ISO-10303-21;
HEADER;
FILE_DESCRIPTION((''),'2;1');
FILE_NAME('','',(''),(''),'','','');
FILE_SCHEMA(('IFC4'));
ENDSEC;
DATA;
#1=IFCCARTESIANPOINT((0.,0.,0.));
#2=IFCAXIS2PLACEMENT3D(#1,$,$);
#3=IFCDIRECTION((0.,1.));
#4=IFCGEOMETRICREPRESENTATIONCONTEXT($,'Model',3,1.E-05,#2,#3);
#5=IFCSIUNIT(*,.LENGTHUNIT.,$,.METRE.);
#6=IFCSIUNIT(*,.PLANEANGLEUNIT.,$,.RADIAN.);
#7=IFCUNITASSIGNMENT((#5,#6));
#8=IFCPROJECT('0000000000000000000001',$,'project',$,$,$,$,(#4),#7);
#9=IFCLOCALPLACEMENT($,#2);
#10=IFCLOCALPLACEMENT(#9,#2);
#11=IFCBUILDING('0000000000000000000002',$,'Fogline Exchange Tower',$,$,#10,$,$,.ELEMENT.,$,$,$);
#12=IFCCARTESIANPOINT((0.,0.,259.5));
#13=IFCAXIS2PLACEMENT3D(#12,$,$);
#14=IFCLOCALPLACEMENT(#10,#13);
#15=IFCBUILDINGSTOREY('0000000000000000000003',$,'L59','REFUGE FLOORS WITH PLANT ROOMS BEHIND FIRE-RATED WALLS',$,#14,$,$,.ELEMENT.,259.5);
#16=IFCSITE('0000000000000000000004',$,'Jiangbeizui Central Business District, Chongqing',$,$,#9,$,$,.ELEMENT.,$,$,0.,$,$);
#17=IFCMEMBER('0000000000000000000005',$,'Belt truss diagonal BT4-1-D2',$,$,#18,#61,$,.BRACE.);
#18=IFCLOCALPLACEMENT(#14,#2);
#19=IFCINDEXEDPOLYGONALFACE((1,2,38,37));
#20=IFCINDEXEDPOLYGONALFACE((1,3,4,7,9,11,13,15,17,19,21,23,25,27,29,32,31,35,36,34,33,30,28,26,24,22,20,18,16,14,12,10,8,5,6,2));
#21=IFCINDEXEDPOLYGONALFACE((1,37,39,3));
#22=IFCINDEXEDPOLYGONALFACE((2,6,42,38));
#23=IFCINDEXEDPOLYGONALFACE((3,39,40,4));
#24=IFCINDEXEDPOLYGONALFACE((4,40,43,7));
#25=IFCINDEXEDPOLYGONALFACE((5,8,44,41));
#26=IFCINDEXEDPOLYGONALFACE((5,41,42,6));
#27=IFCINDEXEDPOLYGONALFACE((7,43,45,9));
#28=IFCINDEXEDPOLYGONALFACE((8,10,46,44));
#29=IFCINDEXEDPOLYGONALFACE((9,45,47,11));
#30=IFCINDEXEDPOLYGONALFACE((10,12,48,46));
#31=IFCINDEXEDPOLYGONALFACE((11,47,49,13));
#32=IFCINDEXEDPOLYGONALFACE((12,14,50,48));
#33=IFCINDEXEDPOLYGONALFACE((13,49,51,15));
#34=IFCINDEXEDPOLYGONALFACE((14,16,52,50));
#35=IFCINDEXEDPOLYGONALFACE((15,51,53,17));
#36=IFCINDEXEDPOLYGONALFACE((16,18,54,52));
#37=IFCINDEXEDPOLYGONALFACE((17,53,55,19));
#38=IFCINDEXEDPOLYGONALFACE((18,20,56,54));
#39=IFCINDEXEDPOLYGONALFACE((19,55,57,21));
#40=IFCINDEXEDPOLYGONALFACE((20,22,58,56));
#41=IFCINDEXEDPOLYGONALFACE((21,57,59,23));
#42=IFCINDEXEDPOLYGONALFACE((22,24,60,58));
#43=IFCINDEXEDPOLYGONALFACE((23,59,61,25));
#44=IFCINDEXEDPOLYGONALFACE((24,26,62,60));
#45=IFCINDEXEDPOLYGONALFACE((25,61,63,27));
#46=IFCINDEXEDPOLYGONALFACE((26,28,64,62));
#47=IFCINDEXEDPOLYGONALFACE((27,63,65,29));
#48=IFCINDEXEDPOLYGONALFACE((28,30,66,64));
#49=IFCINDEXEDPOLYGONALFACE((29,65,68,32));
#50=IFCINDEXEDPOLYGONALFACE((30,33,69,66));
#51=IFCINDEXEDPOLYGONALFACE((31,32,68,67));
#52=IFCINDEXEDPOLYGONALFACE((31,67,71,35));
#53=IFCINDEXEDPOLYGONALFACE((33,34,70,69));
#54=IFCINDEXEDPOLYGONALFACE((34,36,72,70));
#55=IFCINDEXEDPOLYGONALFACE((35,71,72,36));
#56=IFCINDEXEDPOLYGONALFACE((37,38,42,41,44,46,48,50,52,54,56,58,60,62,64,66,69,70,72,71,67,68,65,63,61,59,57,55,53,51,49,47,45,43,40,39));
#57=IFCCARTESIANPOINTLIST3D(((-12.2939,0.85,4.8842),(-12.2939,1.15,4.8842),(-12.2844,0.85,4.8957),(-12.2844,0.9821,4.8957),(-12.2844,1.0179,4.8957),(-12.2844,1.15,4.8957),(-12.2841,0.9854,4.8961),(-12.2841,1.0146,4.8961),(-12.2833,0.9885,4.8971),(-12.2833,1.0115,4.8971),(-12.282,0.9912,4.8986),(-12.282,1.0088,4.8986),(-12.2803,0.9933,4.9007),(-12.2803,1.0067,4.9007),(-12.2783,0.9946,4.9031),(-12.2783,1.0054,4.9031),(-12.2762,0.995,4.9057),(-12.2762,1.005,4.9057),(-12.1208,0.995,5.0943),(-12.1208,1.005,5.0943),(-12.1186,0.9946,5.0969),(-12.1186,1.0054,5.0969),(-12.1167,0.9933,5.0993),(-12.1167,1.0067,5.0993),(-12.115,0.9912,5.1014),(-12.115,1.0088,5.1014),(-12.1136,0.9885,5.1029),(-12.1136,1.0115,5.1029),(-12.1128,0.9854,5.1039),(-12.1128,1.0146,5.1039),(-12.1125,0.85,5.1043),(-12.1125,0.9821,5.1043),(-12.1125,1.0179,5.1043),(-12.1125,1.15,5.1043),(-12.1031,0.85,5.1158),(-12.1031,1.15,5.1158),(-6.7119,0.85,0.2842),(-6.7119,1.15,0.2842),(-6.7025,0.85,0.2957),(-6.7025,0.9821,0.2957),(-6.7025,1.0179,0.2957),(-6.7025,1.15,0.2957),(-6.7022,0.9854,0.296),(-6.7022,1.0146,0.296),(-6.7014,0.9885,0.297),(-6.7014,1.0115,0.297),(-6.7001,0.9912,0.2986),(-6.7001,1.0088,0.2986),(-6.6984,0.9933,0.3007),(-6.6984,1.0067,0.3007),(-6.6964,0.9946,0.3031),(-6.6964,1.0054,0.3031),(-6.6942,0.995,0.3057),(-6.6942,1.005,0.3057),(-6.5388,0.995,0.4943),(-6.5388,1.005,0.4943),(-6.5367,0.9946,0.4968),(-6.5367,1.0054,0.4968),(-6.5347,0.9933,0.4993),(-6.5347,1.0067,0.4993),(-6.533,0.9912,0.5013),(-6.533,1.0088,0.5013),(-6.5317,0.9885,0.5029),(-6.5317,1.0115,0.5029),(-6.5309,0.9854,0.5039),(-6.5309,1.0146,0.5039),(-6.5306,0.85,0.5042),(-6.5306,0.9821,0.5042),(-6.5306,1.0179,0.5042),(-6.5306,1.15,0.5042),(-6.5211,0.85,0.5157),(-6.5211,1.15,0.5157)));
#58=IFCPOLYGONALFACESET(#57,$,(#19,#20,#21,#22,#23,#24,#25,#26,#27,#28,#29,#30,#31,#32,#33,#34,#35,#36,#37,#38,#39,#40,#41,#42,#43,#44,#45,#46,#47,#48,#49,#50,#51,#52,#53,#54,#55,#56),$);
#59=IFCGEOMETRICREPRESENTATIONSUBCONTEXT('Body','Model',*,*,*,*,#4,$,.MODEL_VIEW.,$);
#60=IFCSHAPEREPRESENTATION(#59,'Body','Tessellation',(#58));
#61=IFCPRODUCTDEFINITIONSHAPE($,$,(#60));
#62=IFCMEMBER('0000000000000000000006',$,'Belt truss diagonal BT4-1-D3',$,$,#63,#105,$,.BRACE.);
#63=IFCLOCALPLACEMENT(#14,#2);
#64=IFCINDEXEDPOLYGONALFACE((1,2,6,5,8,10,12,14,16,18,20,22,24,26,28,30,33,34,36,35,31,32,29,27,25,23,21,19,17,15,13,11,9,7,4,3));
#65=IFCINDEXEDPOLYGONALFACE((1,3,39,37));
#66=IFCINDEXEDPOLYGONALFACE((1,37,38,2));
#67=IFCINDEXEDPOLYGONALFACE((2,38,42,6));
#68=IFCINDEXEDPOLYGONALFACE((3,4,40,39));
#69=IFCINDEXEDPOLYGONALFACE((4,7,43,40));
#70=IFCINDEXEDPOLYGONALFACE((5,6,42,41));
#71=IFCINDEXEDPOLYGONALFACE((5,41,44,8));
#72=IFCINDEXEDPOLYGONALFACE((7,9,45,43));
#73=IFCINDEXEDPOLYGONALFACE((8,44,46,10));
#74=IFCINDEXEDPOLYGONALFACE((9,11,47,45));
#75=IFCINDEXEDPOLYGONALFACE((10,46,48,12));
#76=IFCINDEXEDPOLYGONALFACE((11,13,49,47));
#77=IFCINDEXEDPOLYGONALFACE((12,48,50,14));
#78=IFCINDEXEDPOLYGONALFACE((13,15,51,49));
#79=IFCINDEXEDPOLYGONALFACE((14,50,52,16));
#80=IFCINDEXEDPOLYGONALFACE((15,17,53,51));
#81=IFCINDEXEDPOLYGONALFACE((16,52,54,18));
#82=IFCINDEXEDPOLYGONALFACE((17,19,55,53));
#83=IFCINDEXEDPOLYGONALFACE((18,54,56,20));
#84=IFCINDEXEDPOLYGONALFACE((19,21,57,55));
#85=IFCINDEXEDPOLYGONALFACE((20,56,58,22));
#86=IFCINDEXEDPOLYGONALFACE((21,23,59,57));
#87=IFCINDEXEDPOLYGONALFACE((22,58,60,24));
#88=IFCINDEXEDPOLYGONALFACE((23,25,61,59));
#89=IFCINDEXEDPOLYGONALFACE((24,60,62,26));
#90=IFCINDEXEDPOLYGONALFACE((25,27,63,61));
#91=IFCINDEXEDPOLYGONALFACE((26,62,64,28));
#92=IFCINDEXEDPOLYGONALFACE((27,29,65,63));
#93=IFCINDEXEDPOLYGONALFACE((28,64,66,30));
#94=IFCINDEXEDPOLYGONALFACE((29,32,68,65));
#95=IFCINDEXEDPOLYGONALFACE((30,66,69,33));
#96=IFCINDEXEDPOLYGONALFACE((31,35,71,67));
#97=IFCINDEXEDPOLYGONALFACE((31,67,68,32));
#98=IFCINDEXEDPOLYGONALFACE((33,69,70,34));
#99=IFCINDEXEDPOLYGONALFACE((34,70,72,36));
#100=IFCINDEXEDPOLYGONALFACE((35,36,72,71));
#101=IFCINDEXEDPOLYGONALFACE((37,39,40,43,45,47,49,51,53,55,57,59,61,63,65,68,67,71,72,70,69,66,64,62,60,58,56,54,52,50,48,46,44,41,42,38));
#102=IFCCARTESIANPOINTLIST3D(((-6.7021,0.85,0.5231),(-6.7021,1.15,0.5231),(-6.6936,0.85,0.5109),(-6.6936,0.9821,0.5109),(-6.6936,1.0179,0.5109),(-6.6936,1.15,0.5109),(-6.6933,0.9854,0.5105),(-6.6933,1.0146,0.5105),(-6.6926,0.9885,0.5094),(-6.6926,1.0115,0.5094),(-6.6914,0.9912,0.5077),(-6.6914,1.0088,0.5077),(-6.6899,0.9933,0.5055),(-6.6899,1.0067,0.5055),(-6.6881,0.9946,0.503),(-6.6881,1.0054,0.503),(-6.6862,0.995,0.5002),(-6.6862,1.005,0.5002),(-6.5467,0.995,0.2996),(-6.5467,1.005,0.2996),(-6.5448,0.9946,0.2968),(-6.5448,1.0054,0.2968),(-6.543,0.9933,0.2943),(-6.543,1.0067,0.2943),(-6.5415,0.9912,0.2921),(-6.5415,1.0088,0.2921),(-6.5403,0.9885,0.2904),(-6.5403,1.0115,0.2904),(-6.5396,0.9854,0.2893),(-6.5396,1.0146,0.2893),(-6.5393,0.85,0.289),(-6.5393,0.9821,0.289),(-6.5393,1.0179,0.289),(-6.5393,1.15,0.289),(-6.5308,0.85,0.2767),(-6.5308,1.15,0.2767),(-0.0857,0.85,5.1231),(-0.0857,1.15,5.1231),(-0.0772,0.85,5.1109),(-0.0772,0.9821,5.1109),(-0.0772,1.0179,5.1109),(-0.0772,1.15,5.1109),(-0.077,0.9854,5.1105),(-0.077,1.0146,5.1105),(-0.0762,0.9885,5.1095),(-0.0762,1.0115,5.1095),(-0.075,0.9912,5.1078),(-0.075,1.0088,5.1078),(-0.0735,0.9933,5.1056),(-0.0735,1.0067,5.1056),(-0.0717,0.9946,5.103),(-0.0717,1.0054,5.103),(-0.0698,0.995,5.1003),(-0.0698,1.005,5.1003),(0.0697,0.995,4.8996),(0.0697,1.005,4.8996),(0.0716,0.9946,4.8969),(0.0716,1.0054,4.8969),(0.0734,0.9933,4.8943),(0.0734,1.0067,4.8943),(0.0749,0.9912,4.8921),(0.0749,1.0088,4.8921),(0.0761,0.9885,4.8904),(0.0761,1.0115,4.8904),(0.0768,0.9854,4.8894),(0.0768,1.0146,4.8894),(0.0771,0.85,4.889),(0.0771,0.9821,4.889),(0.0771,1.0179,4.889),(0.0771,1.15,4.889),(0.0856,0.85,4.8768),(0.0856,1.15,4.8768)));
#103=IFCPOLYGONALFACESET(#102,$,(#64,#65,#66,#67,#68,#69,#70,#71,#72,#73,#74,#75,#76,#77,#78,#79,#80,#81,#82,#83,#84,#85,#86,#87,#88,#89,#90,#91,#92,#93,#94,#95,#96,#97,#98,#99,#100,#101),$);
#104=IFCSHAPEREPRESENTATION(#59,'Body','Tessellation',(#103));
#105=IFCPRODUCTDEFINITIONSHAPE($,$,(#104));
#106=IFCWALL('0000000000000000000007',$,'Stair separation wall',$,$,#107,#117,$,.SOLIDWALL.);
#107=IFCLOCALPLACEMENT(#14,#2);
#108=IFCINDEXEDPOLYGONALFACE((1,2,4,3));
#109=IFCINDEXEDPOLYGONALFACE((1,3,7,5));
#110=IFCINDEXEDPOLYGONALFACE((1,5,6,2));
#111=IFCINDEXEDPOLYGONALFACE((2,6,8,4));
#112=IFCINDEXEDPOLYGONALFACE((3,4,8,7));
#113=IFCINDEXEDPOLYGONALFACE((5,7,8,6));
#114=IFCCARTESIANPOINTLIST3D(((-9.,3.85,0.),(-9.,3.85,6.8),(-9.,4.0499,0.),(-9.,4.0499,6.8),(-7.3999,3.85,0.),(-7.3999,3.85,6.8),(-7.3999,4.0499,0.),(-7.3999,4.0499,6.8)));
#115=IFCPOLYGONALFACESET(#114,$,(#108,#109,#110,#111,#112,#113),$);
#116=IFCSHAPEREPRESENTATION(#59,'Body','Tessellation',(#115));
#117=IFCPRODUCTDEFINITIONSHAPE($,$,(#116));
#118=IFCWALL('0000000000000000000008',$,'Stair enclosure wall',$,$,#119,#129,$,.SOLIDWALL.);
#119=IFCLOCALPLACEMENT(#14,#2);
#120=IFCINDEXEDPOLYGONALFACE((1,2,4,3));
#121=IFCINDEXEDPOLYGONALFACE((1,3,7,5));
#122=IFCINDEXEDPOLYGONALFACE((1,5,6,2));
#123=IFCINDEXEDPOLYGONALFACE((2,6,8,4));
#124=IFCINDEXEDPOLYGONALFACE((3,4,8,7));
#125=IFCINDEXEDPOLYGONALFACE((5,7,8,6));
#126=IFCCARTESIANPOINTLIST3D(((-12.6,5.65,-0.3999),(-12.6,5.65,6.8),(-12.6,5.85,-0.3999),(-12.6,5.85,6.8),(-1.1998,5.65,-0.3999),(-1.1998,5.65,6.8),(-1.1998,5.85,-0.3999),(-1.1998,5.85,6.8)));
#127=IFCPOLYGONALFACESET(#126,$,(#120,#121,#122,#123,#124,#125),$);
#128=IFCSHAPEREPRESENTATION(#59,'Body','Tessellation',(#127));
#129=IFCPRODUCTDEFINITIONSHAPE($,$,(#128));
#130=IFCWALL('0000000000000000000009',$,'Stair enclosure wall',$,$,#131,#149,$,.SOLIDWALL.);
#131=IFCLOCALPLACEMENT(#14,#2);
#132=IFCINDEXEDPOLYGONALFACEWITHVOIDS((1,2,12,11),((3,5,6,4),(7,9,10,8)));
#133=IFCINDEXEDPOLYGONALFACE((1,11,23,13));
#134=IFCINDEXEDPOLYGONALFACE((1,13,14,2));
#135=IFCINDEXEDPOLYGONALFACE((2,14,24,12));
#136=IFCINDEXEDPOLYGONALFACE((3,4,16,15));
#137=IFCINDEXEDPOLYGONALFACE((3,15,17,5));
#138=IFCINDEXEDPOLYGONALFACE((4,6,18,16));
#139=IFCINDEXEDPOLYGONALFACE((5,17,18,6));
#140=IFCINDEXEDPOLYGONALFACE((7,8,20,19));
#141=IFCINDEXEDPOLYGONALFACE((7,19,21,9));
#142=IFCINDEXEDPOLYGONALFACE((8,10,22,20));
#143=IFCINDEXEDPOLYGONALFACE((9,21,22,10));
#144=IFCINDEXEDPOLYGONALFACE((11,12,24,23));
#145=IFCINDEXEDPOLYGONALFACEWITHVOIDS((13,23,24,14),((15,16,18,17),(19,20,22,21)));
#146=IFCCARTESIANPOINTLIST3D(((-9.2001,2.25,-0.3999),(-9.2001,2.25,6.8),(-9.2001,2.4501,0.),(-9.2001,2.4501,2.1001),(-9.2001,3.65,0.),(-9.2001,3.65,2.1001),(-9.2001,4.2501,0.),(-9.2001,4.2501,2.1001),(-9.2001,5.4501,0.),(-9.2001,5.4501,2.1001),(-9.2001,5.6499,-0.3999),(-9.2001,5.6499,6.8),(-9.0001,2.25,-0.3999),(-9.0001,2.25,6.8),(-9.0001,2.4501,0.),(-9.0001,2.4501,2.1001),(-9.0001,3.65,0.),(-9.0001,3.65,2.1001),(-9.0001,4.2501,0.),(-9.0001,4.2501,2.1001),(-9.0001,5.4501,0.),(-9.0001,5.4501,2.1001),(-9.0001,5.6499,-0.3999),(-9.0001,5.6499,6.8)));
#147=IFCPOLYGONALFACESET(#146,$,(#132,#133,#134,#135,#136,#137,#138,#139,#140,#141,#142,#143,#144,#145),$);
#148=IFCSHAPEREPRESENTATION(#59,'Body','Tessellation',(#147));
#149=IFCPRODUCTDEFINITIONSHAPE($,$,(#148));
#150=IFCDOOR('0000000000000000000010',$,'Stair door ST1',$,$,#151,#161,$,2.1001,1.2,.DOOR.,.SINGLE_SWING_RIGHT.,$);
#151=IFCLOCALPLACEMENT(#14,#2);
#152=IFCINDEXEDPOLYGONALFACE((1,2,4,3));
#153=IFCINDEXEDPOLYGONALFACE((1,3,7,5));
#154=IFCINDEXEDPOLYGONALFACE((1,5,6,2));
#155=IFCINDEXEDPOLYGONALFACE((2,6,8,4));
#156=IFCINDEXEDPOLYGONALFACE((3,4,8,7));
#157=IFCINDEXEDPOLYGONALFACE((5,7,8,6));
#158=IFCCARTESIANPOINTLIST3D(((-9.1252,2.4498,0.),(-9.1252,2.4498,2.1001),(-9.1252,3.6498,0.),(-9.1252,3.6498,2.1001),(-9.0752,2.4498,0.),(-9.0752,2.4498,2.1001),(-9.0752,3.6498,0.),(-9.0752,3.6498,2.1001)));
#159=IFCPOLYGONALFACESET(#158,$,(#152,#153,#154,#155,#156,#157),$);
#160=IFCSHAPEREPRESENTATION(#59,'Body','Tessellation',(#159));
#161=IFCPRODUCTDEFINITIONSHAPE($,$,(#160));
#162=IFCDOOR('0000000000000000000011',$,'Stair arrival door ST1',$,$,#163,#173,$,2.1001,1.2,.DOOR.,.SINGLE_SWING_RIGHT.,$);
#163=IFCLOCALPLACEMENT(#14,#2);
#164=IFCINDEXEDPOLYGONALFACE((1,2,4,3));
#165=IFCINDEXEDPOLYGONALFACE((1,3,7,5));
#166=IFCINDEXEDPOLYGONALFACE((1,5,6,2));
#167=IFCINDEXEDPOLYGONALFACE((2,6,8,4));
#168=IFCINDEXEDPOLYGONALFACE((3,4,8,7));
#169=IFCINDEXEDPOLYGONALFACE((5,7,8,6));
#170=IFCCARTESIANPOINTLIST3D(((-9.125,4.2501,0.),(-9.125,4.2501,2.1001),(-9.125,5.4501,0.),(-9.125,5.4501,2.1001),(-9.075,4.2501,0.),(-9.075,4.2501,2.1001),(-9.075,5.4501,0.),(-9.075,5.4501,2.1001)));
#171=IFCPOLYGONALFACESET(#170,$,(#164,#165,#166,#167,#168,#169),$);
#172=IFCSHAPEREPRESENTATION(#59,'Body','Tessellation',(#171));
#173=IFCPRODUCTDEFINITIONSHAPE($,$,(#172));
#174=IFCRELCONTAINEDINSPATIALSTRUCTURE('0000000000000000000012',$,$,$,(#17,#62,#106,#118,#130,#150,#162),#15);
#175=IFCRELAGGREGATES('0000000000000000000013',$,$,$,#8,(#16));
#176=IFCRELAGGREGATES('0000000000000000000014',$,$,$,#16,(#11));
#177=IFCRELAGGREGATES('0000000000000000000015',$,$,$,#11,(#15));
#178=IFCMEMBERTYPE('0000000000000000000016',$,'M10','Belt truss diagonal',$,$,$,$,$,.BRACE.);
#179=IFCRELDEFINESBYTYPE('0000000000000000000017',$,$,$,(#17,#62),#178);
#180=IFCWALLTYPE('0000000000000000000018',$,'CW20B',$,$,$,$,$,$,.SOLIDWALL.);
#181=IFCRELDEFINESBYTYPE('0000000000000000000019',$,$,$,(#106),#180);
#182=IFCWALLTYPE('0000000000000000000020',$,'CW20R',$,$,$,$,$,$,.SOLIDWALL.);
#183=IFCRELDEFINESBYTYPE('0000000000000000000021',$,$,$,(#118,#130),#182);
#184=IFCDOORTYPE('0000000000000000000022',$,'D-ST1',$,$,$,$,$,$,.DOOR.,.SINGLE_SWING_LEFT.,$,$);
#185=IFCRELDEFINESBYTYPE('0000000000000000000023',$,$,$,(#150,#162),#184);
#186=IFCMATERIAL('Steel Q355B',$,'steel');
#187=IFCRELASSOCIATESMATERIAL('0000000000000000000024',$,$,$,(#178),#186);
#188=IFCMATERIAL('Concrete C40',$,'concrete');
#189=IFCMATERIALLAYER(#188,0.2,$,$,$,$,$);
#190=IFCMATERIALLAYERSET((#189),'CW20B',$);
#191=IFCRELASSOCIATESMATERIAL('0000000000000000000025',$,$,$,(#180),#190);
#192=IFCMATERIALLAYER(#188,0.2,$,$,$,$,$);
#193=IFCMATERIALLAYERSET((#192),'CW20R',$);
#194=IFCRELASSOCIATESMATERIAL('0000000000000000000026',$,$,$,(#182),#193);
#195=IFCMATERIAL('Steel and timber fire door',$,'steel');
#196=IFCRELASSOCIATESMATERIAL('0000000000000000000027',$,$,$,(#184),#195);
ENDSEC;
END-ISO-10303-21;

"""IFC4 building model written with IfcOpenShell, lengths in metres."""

from ifc_helpers import new_model, si_unit, direction, frame, frame_2d, origin, origin_2d, place, context, subcontext, project, spatial, rectangle, i_section, extrude, material, layer, layer_set, material_profile, profile_set, type_object, element, fill, save


model = new_model("IFC4")

# Units and contexts
model_context = context("Model", 3, precision=1e-05, world=origin(), true_north=direction((0.0, 1.0)))
body_context = subcontext(model_context, "Body", "Model", "MODEL_VIEW")
ifc_project = project(units=[si_unit("LENGTHUNIT", "METRE"), si_unit("PLANEANGLEUNIT", "RADIAN")], contexts=[model_context])

# Site, building, storey
site_placement = place(None, origin())
site = spatial("IfcSite", under=ifc_project, at=site_placement, Name="Jiangbeizui Central Business District, Chongqing", CompositionType="ELEMENT", RefElevation=0.0)
building_placement = place(site_placement, origin())
building = spatial("IfcBuilding", under=site, at=building_placement, Name="Fogline Exchange Tower", CompositionType="ELEMENT")
storey_placement = place(building_placement, frame((0.0, 0.0, 259.5)))
storey = spatial("IfcBuildingStorey", under=building, at=storey_placement, Name="L59", Description="REFUGE FLOORS WITH PLANT ROOMS BEHIND FIRE-RATED WALLS", CompositionType="ELEMENT", Elevation=259.5)

# Members
ifc_material_1 = material(Name="Steel Q355B", Category="steel")
ifc_material_profile = material_profile(ifc_material_1, i_section(OverallWidth=0.3, OverallDepth=0.3, WebThickness=0.01, FlangeThickness=0.0149, FilletRadius=0.0129, at=origin_2d()), Name="HW300X300X10X15")
ifc_profile_set = profile_set([ifc_material_profile], Name="Steel Q355B")
member_type = type_object("IfcMemberType", Name="M10", Description="Belt truss diagonal", PredefinedType="BRACE", material=ifc_profile_set)
member_1_placement = place(storey_placement, frame((-12.1985, 1.0, 5.0), z_axis=(0.771718, 0.0, -0.635965), x_axis=(0.0, 1.0, 0.0)))
element("IfcMember", 1, at=member_1_placement, inside=storey, type_object=member_type, Name="Belt truss diagonal BT4-1-D2", PredefinedType="BRACE", context=body_context, shape_type="SweptSolid", body=[
    extrude(i_section(OverallWidth=0.3, OverallDepth=0.3, WebThickness=0.01, FlangeThickness=0.0149, FilletRadius=0.0129, at=origin_2d()), origin(), (0.0, 0.0, 1.0), 7.2332),
])
member_2_placement = place(storey_placement, frame((-6.6165, 1.0, 0.3999), z_axis=(0.82106, 0.0, 0.570843), x_axis=(0.0, 1.0, 0.0)))
element("IfcMember", 2, at=member_2_placement, inside=storey, type_object=member_type, Name="Belt truss diagonal BT4-1-D3", PredefinedType="BRACE", context=body_context, shape_type="SweptSolid", body=[
    extrude(i_section(OverallWidth=0.3, OverallDepth=0.3, WebThickness=0.01, FlangeThickness=0.0149, FilletRadius=0.0129, at=origin_2d()), origin(), (0.0, 0.0, 1.0), 8.0583),
])

# Walls
ifc_material_2 = material(Name="Concrete C40", Category="concrete")
ifc_layer_1 = layer(ifc_material_2, 0.2)
ifc_layer_set_1 = layer_set([ifc_layer_1], Name="CW20B")
wall_type_1 = type_object("IfcWallType", Name="CW20B", PredefinedType="SOLIDWALL", material=ifc_layer_set_1)
wall_1_placement = place(storey_placement, frame((-9.0, 3.95, 0.0), z_axis=(0.0, 0.0, 1.0), x_axis=(1.0, 0.0, 0.0)))
element("IfcWall", 3, at=wall_1_placement, inside=storey, type_object=wall_type_1, Name="Stair separation wall", PredefinedType="SOLIDWALL", context=body_context, shape_type="SweptSolid", body=[
    extrude(rectangle(XDim=1.6001, YDim=0.2, at=frame_2d((0.8, 0.0))), origin(), (0.0, 0.0, 1.0), 6.8),
])
ifc_layer_2 = layer(ifc_material_2, 0.2)
ifc_layer_set_2 = layer_set([ifc_layer_2], Name="CW20R")
wall_type_2 = type_object("IfcWallType", Name="CW20R", PredefinedType="SOLIDWALL", material=ifc_layer_set_2)
wall_2_placement = place(storey_placement, frame((-12.6001, 5.75, -0.3999), z_axis=(0.0, 0.0, 1.0), x_axis=(1.0, 0.0, 0.0)))
element("IfcWall", 4, at=wall_2_placement, inside=storey, type_object=wall_type_2, Name="Stair enclosure wall", PredefinedType="SOLIDWALL", context=body_context, shape_type="SweptSolid", body=[
    extrude(rectangle(XDim=11.4001, YDim=0.2, at=frame_2d((5.7002, 0.0))), origin(), (0.0, 0.0, 1.0), 7.2),
])

# Wall, openings, doors
wall_3_placement = place(storey_placement, frame((-9.1001, 2.25, -0.3999), z_axis=(0.0, 0.0, 1.0), x_axis=(0.0, 1.0, 0.0)))
wall_3 = element("IfcWall", 5, at=wall_3_placement, inside=storey, type_object=wall_type_2, Name="Stair enclosure wall", PredefinedType="SOLIDWALL", context=body_context, shape_type="SweptSolid", body=[
    extrude(rectangle(XDim=3.3999, YDim=0.2, at=frame_2d((1.7, 0.0))), origin(), (0.0, 0.0, 1.0), 7.2),
])
opening_1_placement = place(wall_3_placement, frame((0.2, 0.0, 0.3999)))
opening_1 = element("IfcOpeningElement", 6, at=opening_1_placement, cuts=wall_3, PredefinedType="OPENING", context=body_context, shape_type="SweptSolid", body=[
    extrude(rectangle(XDim=1.2, YDim=2.1001, at=frame_2d((0.6001, 1.05))), frame((0.0, 0.1099, 0.0), z_axis=(0.0, -1.0, 0.0), x_axis=(1.0, 0.0, 0.0)), (0.0, 0.0, 1.0), 0.22),
])
opening_2_placement = place(wall_3_placement, frame((2.0, 0.0, 0.3999)))
opening_2 = element("IfcOpeningElement", 7, at=opening_2_placement, cuts=wall_3, PredefinedType="OPENING", context=body_context, shape_type="SweptSolid", body=[
    extrude(rectangle(XDim=1.2, YDim=2.1001, at=frame_2d((0.6001, 1.05))), frame((0.0, 0.1099, 0.0), z_axis=(0.0, -1.0, 0.0), x_axis=(1.0, 0.0, 0.0)), (0.0, 0.0, 1.0), 0.22),
])
ifc_material_3 = material(Name="Steel and timber fire door", Category="steel")
door_type_1 = type_object("IfcDoorType", Name="D-ST1", OperationType="SINGLE_SWING_LEFT", PredefinedType="DOOR", material=ifc_material_3)
door_1_placement = place(opening_1_placement, frame((1.2, 0.0, 0.0), z_axis=(0.0, 0.0, 1.0), x_axis=(-1.0, 0.0, 0.0)))
door_1 = element("IfcDoor", 8, at=door_1_placement, inside=storey, type_object=door_type_1, Name="Stair door ST1", OperationType="SINGLE_SWING_RIGHT", OverallHeight=2.1001, OverallWidth=1.2, PredefinedType="DOOR", context=body_context, shape_type="SweptSolid", body=[
    extrude(rectangle(XDim=1.2, YDim=2.1001, at=frame_2d((0.6001, 1.05))), frame((0.0, 0.0249, 0.0), z_axis=(0.0, -1.0, 0.0), x_axis=(1.0, 0.0, 0.0)), (0.0, 0.0, 1.0), 0.05),
])
fill(opening_1, door_1)
door_2_placement = place(opening_2_placement, origin())
door_2 = element("IfcDoor", 9, at=door_2_placement, inside=storey, type_object=door_type_1, Name="Stair arrival door ST1", OperationType="SINGLE_SWING_RIGHT", OverallHeight=2.1001, OverallWidth=1.2, PredefinedType="DOOR", context=body_context, shape_type="SweptSolid", body=[
    extrude(rectangle(XDim=1.2, YDim=2.1001, at=frame_2d((0.6001, 1.05))), frame((0.0, 0.0249, 0.0), z_axis=(0.0, -1.0, 0.0), x_axis=(1.0, 0.0, 0.0)), (0.0, 0.0, 1.0), 0.05),
])
fill(opening_2, door_2)

save(model, "model.ifc")
